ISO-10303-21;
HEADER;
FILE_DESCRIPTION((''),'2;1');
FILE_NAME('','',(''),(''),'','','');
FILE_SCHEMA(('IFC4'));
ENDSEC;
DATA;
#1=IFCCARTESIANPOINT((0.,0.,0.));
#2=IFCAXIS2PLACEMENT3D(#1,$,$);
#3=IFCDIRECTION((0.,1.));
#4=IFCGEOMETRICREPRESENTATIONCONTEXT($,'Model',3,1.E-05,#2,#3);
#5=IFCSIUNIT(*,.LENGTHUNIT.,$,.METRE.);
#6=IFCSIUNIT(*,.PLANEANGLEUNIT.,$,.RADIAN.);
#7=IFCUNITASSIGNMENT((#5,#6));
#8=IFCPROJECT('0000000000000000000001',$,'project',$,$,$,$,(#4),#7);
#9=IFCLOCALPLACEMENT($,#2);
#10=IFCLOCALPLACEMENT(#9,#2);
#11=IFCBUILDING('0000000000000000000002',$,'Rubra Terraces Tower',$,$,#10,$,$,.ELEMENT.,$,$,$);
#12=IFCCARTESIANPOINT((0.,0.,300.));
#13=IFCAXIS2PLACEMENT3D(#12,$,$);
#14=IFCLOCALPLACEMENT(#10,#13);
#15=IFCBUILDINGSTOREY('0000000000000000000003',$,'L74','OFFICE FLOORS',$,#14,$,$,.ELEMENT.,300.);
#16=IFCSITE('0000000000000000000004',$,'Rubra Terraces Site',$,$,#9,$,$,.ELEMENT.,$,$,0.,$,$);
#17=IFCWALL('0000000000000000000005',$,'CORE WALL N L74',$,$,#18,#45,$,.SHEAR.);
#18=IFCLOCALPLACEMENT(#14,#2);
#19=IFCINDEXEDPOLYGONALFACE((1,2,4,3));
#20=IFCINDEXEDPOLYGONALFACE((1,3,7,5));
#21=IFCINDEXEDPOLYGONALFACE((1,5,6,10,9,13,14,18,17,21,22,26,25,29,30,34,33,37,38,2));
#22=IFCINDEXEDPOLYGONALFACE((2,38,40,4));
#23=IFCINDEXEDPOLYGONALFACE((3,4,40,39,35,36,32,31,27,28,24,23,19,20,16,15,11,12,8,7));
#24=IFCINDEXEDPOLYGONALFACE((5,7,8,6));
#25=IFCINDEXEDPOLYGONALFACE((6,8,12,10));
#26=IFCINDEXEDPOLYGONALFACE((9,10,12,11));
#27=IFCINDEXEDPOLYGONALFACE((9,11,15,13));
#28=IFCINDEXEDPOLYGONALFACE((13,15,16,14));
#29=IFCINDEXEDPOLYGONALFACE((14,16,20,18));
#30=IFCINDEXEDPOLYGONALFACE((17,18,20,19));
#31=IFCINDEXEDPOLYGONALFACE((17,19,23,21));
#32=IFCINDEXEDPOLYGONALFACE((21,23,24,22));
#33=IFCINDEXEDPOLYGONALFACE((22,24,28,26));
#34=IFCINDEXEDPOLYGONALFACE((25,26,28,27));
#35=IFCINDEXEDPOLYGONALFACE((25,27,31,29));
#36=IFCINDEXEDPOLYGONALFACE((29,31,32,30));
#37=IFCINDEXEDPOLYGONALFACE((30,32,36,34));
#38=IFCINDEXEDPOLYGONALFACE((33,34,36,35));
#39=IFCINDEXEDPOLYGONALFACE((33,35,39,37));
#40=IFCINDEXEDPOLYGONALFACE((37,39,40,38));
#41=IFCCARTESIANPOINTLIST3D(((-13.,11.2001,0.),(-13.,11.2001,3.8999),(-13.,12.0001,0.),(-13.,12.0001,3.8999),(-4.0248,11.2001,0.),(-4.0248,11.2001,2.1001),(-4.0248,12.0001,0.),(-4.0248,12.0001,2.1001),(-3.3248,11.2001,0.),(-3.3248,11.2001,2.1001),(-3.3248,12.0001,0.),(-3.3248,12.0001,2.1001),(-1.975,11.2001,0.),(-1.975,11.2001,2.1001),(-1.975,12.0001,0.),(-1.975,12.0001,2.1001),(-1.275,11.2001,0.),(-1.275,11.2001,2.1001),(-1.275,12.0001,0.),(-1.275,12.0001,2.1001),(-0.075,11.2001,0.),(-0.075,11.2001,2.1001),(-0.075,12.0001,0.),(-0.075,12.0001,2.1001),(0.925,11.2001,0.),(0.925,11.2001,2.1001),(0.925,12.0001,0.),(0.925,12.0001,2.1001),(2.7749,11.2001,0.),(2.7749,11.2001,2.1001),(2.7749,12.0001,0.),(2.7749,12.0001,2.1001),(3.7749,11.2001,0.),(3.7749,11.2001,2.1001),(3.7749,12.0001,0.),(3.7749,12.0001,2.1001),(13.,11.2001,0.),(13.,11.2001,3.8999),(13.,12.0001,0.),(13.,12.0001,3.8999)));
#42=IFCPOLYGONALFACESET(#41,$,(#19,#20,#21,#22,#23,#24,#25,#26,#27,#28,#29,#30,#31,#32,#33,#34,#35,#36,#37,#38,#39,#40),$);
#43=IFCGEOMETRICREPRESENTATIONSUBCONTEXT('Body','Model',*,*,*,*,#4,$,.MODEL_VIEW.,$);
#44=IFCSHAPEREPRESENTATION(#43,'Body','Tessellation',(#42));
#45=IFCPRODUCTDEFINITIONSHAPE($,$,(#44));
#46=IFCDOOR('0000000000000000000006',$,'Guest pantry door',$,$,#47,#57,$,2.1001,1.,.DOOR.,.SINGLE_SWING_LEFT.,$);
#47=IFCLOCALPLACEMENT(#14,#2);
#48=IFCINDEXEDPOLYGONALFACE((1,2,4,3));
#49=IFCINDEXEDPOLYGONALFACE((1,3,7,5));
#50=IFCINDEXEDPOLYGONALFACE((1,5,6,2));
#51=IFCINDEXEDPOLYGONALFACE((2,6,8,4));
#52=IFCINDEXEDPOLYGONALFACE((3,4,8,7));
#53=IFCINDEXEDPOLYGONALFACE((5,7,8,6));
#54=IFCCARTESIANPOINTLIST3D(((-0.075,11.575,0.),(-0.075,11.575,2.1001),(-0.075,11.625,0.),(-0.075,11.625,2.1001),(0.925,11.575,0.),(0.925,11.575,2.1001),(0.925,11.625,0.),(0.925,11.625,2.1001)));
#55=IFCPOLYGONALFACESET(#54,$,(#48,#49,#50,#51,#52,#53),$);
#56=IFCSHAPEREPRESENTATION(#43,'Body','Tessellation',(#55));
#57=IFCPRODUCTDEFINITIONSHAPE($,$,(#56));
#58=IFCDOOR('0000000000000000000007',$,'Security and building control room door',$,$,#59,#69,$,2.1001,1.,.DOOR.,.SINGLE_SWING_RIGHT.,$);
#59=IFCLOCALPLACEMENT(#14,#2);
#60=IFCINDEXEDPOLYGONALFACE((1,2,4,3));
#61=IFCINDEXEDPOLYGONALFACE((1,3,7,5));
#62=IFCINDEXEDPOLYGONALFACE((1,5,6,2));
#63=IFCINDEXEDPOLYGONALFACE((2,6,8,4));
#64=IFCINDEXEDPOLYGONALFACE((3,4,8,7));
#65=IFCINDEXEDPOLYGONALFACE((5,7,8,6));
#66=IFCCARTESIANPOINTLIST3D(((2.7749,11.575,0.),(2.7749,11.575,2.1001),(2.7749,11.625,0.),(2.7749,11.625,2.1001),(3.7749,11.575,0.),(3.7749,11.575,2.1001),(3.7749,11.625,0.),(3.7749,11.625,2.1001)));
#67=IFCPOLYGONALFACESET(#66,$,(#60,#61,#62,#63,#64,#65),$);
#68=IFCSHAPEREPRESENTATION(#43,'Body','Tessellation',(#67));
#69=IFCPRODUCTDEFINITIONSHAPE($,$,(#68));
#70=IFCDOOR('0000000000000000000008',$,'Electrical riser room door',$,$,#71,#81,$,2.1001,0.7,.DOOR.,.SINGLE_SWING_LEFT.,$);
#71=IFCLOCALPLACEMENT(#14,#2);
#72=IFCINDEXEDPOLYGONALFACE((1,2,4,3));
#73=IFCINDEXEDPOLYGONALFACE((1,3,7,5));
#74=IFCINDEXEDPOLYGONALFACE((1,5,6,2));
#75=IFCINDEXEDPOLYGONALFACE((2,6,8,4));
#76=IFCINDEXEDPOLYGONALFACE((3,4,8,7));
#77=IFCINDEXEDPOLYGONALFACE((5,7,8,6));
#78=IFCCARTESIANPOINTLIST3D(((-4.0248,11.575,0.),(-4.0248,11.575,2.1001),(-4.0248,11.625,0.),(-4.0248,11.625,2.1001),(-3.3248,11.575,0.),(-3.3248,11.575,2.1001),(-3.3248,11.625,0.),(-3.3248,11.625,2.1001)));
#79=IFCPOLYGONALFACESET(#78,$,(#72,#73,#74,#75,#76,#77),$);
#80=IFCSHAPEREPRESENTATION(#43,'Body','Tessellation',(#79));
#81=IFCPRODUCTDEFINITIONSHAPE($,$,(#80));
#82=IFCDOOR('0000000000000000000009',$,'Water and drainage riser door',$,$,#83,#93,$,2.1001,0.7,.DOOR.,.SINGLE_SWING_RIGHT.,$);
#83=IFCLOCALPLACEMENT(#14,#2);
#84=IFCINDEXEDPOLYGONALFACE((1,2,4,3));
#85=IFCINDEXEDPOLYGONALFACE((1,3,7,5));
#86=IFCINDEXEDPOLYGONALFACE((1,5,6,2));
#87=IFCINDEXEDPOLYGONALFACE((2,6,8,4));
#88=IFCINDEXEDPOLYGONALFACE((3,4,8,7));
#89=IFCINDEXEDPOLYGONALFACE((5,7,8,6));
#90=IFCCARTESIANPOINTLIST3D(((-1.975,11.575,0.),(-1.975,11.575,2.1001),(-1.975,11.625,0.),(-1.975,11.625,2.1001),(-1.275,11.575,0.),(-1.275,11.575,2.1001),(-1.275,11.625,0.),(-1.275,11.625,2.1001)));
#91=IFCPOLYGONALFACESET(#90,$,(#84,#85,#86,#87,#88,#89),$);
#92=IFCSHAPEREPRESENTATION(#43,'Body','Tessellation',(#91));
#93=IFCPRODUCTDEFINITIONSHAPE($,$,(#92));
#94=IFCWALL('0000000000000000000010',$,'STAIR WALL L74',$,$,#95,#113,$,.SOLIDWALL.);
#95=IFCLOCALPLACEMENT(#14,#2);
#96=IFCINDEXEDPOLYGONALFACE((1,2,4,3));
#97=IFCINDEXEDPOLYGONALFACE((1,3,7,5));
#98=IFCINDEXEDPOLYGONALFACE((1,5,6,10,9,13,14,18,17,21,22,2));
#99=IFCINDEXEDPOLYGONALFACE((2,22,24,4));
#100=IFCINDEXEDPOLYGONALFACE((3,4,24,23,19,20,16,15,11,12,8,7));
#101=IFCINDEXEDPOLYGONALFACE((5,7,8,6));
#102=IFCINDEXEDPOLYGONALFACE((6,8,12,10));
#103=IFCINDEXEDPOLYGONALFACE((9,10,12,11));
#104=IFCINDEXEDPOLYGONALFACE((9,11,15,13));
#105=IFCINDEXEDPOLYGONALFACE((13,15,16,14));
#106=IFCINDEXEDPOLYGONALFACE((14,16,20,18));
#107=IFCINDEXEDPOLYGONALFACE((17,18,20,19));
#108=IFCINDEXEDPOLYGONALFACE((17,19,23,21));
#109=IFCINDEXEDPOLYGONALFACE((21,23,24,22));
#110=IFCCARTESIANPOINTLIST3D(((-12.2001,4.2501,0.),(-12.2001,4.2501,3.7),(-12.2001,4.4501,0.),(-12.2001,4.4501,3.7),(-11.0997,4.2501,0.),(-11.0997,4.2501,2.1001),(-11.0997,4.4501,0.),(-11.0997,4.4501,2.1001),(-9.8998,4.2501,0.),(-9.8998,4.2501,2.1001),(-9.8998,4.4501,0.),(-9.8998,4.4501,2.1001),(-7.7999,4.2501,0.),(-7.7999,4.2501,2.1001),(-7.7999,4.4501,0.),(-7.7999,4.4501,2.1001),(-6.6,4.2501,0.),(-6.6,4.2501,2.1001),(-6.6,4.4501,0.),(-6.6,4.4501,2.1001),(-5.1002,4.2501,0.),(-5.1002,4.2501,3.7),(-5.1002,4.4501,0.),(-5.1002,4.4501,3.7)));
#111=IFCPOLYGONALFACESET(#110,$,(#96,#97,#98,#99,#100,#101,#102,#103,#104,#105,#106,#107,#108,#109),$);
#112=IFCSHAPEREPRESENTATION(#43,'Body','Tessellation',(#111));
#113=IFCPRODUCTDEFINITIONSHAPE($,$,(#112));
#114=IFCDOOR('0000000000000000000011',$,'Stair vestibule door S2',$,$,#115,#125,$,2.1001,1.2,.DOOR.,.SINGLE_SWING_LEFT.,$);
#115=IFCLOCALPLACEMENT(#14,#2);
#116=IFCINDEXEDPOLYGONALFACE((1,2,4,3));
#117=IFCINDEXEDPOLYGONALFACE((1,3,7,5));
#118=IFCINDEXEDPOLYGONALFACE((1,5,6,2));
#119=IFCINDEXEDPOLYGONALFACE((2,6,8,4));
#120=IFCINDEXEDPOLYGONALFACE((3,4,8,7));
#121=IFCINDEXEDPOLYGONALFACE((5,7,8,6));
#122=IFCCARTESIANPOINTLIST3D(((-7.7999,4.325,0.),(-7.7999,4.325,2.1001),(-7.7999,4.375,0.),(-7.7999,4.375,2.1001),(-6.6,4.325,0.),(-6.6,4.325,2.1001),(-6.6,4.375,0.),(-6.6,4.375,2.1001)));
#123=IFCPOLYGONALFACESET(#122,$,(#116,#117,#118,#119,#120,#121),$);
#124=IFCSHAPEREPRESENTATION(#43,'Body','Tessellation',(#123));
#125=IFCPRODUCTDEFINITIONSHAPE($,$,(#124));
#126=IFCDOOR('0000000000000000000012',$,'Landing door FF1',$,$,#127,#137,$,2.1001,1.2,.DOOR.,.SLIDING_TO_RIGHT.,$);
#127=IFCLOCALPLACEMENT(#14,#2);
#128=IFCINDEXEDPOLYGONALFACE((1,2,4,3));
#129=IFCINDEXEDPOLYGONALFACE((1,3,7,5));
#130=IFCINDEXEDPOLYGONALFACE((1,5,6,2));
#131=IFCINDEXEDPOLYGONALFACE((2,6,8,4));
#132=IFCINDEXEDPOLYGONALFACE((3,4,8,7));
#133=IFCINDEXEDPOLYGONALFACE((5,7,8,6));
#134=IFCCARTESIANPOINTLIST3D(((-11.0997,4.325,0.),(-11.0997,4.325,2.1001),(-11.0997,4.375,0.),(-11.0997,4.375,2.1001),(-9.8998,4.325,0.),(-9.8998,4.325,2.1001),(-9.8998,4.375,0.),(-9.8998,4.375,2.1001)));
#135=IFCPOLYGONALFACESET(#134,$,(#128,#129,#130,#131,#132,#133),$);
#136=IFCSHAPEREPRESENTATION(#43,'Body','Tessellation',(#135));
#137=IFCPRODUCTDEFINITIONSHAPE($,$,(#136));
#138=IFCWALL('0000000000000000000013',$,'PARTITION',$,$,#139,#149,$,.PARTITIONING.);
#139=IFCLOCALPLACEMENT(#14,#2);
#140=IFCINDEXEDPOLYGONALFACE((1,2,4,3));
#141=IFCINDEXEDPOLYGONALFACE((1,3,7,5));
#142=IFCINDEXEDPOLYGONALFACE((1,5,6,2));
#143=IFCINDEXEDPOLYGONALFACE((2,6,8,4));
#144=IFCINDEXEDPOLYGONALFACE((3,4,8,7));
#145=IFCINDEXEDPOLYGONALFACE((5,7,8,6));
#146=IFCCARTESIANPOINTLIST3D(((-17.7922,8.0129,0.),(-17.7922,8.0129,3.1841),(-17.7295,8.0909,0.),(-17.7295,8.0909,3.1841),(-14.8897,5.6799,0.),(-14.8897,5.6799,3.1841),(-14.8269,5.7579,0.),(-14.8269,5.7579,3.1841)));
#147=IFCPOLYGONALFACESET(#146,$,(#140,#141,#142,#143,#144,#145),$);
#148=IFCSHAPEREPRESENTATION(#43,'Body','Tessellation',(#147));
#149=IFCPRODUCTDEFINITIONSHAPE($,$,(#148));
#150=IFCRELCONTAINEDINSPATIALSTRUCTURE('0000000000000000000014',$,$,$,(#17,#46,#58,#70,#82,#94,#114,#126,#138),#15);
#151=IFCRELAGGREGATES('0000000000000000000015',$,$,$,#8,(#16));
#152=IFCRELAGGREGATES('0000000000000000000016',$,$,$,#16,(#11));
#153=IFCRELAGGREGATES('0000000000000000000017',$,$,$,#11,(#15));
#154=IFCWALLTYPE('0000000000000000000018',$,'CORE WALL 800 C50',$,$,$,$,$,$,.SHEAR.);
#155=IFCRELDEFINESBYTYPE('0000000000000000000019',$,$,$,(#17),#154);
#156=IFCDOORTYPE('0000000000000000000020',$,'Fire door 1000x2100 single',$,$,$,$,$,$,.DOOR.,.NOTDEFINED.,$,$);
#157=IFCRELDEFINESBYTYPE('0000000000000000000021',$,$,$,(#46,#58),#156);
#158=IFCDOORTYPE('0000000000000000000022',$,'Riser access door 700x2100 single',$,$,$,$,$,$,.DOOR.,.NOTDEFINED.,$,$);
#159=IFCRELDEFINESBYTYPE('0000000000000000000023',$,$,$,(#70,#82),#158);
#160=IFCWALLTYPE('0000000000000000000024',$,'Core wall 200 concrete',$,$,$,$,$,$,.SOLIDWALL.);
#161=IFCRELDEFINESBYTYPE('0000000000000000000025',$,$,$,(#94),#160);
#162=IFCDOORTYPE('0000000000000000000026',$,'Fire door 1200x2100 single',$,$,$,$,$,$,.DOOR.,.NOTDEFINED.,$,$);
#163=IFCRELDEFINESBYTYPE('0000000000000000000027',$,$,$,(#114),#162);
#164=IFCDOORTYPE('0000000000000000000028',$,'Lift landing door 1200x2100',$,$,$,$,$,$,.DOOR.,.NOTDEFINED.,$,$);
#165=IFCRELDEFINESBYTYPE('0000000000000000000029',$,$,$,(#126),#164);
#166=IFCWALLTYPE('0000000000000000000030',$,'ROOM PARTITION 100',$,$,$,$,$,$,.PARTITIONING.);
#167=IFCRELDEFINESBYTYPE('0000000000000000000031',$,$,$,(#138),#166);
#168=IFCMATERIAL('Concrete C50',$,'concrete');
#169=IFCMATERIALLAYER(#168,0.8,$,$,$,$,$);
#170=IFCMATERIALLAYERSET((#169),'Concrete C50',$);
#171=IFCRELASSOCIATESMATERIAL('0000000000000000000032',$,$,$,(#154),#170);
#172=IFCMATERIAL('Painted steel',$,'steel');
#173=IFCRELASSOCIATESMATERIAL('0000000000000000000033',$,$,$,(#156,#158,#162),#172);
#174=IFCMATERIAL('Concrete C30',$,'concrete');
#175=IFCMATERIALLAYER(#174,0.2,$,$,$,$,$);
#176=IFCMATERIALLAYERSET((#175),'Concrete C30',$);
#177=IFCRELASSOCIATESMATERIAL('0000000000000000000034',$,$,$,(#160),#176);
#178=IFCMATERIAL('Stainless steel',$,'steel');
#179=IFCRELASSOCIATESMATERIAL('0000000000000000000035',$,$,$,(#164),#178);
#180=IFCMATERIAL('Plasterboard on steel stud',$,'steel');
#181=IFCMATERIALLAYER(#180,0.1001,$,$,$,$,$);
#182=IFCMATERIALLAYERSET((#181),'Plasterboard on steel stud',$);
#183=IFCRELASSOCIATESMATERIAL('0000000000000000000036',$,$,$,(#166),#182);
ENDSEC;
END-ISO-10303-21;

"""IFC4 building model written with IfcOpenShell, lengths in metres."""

from ifc_helpers import new_model, si_unit, direction, frame, frame_2d, origin, place, context, subcontext, project, spatial, rectangle, extrude, material, layer, layer_set, type_object, element, fill, save


model = new_model("IFC4")

# Units and contexts
model_context = context("Model", 3, precision=1e-05, world=origin(), true_north=direction((0.0, 1.0)))
body_context = subcontext(model_context, "Body", "Model", "MODEL_VIEW")
ifc_project = project(units=[si_unit("LENGTHUNIT", "METRE"), si_unit("PLANEANGLEUNIT", "RADIAN")], contexts=[model_context])

# Site, building, storey
site_placement = place(None, origin())
site = spatial("IfcSite", under=ifc_project, at=site_placement, Name="Rubra Terraces Site", CompositionType="ELEMENT", RefElevation=0.0)
building_placement = place(site_placement, origin())
building = spatial("IfcBuilding", under=site, at=building_placement, Name="Rubra Terraces Tower", CompositionType="ELEMENT")
storey_placement = place(building_placement, frame((0.0, 0.0, 300.0)))
storey = spatial("IfcBuildingStorey", under=building, at=storey_placement, Name="L74", Description="OFFICE FLOORS", CompositionType="ELEMENT", Elevation=300.0)

# Shared definitions
ifc_material_1 = material(Name="Concrete C50", Category="concrete")

# Walls, openings, doors
ifc_layer_1 = layer(ifc_material_1, 0.8)
ifc_layer_set_1 = layer_set([ifc_layer_1], Name="Concrete C50")
wall_type_1 = type_object("IfcWallType", Name="CORE WALL 800 C50", PredefinedType="SHEAR", material=ifc_layer_set_1)
wall_1_placement = place(storey_placement, frame((-13.0, 11.6001, 0.0), z_axis=(0.0, 0.0, 1.0), x_axis=(1.0, 0.0, 0.0)))
wall_1 = element("IfcWall", 1, at=wall_1_placement, inside=storey, type_object=wall_type_1, Name="CORE WALL N L74", PredefinedType="SHEAR", context=body_context, shape_type="SweptSolid", body=[
    extrude(rectangle(XDim=26.0, YDim=0.8, at=frame_2d((13.0, 0.0))), origin(), (0.0, 0.0, 1.0), 3.8999),
])
opening_1_placement = place(wall_1_placement, frame((8.9751, 0.0, 0.0)))
opening_1 = element("IfcOpeningElement", 2, at=opening_1_placement, cuts=wall_1, PredefinedType="OPENING", context=body_context, shape_type="SweptSolid", body=[
    extrude(rectangle(XDim=0.7, YDim=2.1001, at=frame_2d((0.3501, 1.05))), frame((0.0, 0.4099, 0.0), z_axis=(0.0, -1.0, 0.0), x_axis=(1.0, 0.0, 0.0)), (0.0, 0.0, 1.0), 0.8201),
])
opening_2_placement = place(wall_1_placement, frame((11.0249, 0.0, 0.0)))
opening_2 = element("IfcOpeningElement", 3, at=opening_2_placement, cuts=wall_1, PredefinedType="OPENING", context=body_context, shape_type="SweptSolid", body=[
    extrude(rectangle(XDim=0.7, YDim=2.1001, at=frame_2d((0.3501, 1.05))), frame((0.0, 0.4099, 0.0), z_axis=(0.0, -1.0, 0.0), x_axis=(1.0, 0.0, 0.0)), (0.0, 0.0, 1.0), 0.8201),
])
opening_3_placement = place(wall_1_placement, frame((12.925, 0.0, 0.0)))
opening_3 = element("IfcOpeningElement", 4, at=opening_3_placement, cuts=wall_1, PredefinedType="OPENING", context=body_context, shape_type="SweptSolid", body=[
    extrude(rectangle(XDim=1.0, YDim=2.1001, at=frame_2d((0.5, 1.05))), frame((0.0, 0.4099, 0.0), z_axis=(0.0, -1.0, 0.0), x_axis=(1.0, 0.0, 0.0)), (0.0, 0.0, 1.0), 0.8201),
])
opening_4_placement = place(wall_1_placement, frame((15.7749, 0.0, 0.0)))
opening_4 = element("IfcOpeningElement", 5, at=opening_4_placement, cuts=wall_1, PredefinedType="OPENING", context=body_context, shape_type="SweptSolid", body=[
    extrude(rectangle(XDim=1.0, YDim=2.1001, at=frame_2d((0.5, 1.05))), frame((0.0, 0.4099, 0.0), z_axis=(0.0, -1.0, 0.0), x_axis=(1.0, 0.0, 0.0)), (0.0, 0.0, 1.0), 0.8201),
])
ifc_material_2 = material(Name="Painted steel", Category="steel")
door_type_1 = type_object("IfcDoorType", Name="Fire door 1000x2100 single", OperationType="NOTDEFINED", PredefinedType="DOOR", material=ifc_material_2)
door_1_placement = place(opening_3_placement, origin())
door_1 = element("IfcDoor", 6, at=door_1_placement, inside=storey, type_object=door_type_1, Name="Guest pantry door", OperationType="SINGLE_SWING_LEFT", OverallHeight=2.1001, OverallWidth=1.0, PredefinedType="DOOR", context=body_context, shape_type="SweptSolid", body=[
    extrude(rectangle(XDim=1.0, YDim=2.1001, at=frame_2d((0.5, 1.05))), frame((0.0, 0.0249, 0.0), z_axis=(0.0, -1.0, 0.0), x_axis=(1.0, 0.0, 0.0)), (0.0, 0.0, 1.0), 0.05),
])
fill(opening_3, door_1)
door_2_placement = place(opening_4_placement, origin())
door_2 = element("IfcDoor", 7, at=door_2_placement, inside=storey, type_object=door_type_1, Name="Security and building control room door", OperationType="SINGLE_SWING_RIGHT", OverallHeight=2.1001, OverallWidth=1.0, PredefinedType="DOOR", context=body_context, shape_type="SweptSolid", body=[
    extrude(rectangle(XDim=1.0, YDim=2.1001, at=frame_2d((0.5, 1.05))), frame((0.0, 0.0249, 0.0), z_axis=(0.0, -1.0, 0.0), x_axis=(1.0, 0.0, 0.0)), (0.0, 0.0, 1.0), 0.05),
])
fill(opening_4, door_2)
door_type_2 = type_object("IfcDoorType", Name="Riser access door 700x2100 single", OperationType="NOTDEFINED", PredefinedType="DOOR", material=ifc_material_2)
door_3_placement = place(opening_1_placement, origin())
door_3 = element("IfcDoor", 8, at=door_3_placement, inside=storey, type_object=door_type_2, Name="Electrical riser room door", OperationType="SINGLE_SWING_LEFT", OverallHeight=2.1001, OverallWidth=0.7, PredefinedType="DOOR", context=body_context, shape_type="SweptSolid", body=[
    extrude(rectangle(XDim=0.7, YDim=2.1001, at=frame_2d((0.3501, 1.05))), frame((0.0, 0.0249, 0.0), z_axis=(0.0, -1.0, 0.0), x_axis=(1.0, 0.0, 0.0)), (0.0, 0.0, 1.0), 0.05),
])
fill(opening_1, door_3)
door_4_placement = place(opening_2_placement, origin())
door_4 = element("IfcDoor", 9, at=door_4_placement, inside=storey, type_object=door_type_2, Name="Water and drainage riser door", OperationType="SINGLE_SWING_RIGHT", OverallHeight=2.1001, OverallWidth=0.7, PredefinedType="DOOR", context=body_context, shape_type="SweptSolid", body=[
    extrude(rectangle(XDim=0.7, YDim=2.1001, at=frame_2d((0.3501, 1.05))), frame((0.0, 0.0249, 0.0), z_axis=(0.0, -1.0, 0.0), x_axis=(1.0, 0.0, 0.0)), (0.0, 0.0, 1.0), 0.05),
])
fill(opening_2, door_4)
ifc_material_3 = material(Name="Concrete C30", Category="concrete")
ifc_layer_2 = layer(ifc_material_3, 0.2)
ifc_layer_set_2 = layer_set([ifc_layer_2], Name="Concrete C30")
wall_type_2 = type_object("IfcWallType", Name="Core wall 200 concrete", PredefinedType="SOLIDWALL", material=ifc_layer_set_2)
wall_2_placement = place(storey_placement, frame((-12.2, 4.3501, 0.0), z_axis=(0.0, 0.0, 1.0), x_axis=(1.0, 0.0, 0.0)))
wall_2 = element("IfcWall", 10, at=wall_2_placement, inside=storey, type_object=wall_type_2, Name="STAIR WALL L74", PredefinedType="SOLIDWALL", context=body_context, shape_type="SweptSolid", body=[
    extrude(rectangle(XDim=7.0999, YDim=0.2, at=frame_2d((3.5498, 0.0))), origin(), (0.0, 0.0, 1.0), 3.7),
])
opening_5_placement = place(wall_2_placement, frame((4.3999, 0.0, 0.0)))
opening_5 = element("IfcOpeningElement", 11, at=opening_5_placement, cuts=wall_2, PredefinedType="OPENING", context=body_context, shape_type="SweptSolid", body=[
    extrude(rectangle(XDim=1.2, YDim=2.1001, at=frame_2d((0.6001, 1.05))), frame((0.0, 0.1099, 0.0), z_axis=(0.0, -1.0, 0.0), x_axis=(1.0, 0.0, 0.0)), (0.0, 0.0, 1.0), 0.22),
])
opening_6_placement = place(wall_2_placement, frame((1.1001, 0.0, 0.0)))
opening_6 = element("IfcOpeningElement", 12, at=opening_6_placement, cuts=wall_2, PredefinedType="OPENING", context=body_context, shape_type="SweptSolid", body=[
    extrude(rectangle(XDim=1.2, YDim=2.1001, at=frame_2d((0.6001, 1.05))), frame((0.0, 0.1099, 0.0), z_axis=(0.0, -1.0, 0.0), x_axis=(1.0, 0.0, 0.0)), (0.0, 0.0, 1.0), 0.22),
])
door_type_3 = type_object("IfcDoorType", Name="Fire door 1200x2100 single", OperationType="NOTDEFINED", PredefinedType="DOOR", material=ifc_material_2)
door_5_placement = place(opening_5_placement, origin())
door_5 = element("IfcDoor", 13, at=door_5_placement, inside=storey, type_object=door_type_3, Name="Stair vestibule door S2", OperationType="SINGLE_SWING_LEFT", OverallHeight=2.1001, OverallWidth=1.2, PredefinedType="DOOR", context=body_context, shape_type="SweptSolid", body=[
    extrude(rectangle(XDim=1.2, YDim=2.1001, at=frame_2d((0.6001, 1.05))), frame((0.0, 0.0249, 0.0), z_axis=(0.0, -1.0, 0.0), x_axis=(1.0, 0.0, 0.0)), (0.0, 0.0, 1.0), 0.05),
])
fill(opening_5, door_5)
ifc_material_4 = material(Name="Stainless steel", Category="steel")
door_type_4 = type_object("IfcDoorType", Name="Lift landing door 1200x2100", OperationType="NOTDEFINED", PredefinedType="DOOR", material=ifc_material_4)
door_6_placement = place(opening_6_placement, origin())
door_6 = element("IfcDoor", 14, at=door_6_placement, inside=storey, type_object=door_type_4, Name="Landing door FF1", OperationType="SLIDING_TO_RIGHT", OverallHeight=2.1001, OverallWidth=1.2, PredefinedType="DOOR", context=body_context, shape_type="SweptSolid", body=[
    extrude(rectangle(XDim=1.2, YDim=2.1001, at=frame_2d((0.6001, 1.05))), frame((0.0, 0.0249, 0.0), z_axis=(0.0, -1.0, 0.0), x_axis=(1.0, 0.0, 0.0)), (0.0, 0.0, 1.0), 0.05),
])
fill(opening_6, door_6)

# Wall
ifc_material_5 = material(Name="Plasterboard on steel stud", Category="steel")
ifc_layer_3 = layer(ifc_material_5, 0.1001)
ifc_layer_set_3 = layer_set([ifc_layer_3], Name="Plasterboard on steel stud")
wall_type_3 = type_object("IfcWallType", Name="ROOM PARTITION 100", PredefinedType="PARTITIONING", material=ifc_layer_set_3)
wall_3_placement = place(storey_placement, frame((-14.8584, 5.719, 0.0), z_axis=(0.0, 0.0, 1.0), x_axis=(-0.779434, 0.626484, 0.0)))
element("IfcWall", 15, at=wall_3_placement, inside=storey, type_object=wall_type_3, Name="PARTITION", PredefinedType="PARTITIONING", context=body_context, shape_type="SweptSolid", body=[
    extrude(rectangle(XDim=3.7239, YDim=0.1001, at=frame_2d((1.8618, 0.0))), origin(), (0.0, 0.0, 1.0), 3.1841),
])

save(model, "model.ifc")
